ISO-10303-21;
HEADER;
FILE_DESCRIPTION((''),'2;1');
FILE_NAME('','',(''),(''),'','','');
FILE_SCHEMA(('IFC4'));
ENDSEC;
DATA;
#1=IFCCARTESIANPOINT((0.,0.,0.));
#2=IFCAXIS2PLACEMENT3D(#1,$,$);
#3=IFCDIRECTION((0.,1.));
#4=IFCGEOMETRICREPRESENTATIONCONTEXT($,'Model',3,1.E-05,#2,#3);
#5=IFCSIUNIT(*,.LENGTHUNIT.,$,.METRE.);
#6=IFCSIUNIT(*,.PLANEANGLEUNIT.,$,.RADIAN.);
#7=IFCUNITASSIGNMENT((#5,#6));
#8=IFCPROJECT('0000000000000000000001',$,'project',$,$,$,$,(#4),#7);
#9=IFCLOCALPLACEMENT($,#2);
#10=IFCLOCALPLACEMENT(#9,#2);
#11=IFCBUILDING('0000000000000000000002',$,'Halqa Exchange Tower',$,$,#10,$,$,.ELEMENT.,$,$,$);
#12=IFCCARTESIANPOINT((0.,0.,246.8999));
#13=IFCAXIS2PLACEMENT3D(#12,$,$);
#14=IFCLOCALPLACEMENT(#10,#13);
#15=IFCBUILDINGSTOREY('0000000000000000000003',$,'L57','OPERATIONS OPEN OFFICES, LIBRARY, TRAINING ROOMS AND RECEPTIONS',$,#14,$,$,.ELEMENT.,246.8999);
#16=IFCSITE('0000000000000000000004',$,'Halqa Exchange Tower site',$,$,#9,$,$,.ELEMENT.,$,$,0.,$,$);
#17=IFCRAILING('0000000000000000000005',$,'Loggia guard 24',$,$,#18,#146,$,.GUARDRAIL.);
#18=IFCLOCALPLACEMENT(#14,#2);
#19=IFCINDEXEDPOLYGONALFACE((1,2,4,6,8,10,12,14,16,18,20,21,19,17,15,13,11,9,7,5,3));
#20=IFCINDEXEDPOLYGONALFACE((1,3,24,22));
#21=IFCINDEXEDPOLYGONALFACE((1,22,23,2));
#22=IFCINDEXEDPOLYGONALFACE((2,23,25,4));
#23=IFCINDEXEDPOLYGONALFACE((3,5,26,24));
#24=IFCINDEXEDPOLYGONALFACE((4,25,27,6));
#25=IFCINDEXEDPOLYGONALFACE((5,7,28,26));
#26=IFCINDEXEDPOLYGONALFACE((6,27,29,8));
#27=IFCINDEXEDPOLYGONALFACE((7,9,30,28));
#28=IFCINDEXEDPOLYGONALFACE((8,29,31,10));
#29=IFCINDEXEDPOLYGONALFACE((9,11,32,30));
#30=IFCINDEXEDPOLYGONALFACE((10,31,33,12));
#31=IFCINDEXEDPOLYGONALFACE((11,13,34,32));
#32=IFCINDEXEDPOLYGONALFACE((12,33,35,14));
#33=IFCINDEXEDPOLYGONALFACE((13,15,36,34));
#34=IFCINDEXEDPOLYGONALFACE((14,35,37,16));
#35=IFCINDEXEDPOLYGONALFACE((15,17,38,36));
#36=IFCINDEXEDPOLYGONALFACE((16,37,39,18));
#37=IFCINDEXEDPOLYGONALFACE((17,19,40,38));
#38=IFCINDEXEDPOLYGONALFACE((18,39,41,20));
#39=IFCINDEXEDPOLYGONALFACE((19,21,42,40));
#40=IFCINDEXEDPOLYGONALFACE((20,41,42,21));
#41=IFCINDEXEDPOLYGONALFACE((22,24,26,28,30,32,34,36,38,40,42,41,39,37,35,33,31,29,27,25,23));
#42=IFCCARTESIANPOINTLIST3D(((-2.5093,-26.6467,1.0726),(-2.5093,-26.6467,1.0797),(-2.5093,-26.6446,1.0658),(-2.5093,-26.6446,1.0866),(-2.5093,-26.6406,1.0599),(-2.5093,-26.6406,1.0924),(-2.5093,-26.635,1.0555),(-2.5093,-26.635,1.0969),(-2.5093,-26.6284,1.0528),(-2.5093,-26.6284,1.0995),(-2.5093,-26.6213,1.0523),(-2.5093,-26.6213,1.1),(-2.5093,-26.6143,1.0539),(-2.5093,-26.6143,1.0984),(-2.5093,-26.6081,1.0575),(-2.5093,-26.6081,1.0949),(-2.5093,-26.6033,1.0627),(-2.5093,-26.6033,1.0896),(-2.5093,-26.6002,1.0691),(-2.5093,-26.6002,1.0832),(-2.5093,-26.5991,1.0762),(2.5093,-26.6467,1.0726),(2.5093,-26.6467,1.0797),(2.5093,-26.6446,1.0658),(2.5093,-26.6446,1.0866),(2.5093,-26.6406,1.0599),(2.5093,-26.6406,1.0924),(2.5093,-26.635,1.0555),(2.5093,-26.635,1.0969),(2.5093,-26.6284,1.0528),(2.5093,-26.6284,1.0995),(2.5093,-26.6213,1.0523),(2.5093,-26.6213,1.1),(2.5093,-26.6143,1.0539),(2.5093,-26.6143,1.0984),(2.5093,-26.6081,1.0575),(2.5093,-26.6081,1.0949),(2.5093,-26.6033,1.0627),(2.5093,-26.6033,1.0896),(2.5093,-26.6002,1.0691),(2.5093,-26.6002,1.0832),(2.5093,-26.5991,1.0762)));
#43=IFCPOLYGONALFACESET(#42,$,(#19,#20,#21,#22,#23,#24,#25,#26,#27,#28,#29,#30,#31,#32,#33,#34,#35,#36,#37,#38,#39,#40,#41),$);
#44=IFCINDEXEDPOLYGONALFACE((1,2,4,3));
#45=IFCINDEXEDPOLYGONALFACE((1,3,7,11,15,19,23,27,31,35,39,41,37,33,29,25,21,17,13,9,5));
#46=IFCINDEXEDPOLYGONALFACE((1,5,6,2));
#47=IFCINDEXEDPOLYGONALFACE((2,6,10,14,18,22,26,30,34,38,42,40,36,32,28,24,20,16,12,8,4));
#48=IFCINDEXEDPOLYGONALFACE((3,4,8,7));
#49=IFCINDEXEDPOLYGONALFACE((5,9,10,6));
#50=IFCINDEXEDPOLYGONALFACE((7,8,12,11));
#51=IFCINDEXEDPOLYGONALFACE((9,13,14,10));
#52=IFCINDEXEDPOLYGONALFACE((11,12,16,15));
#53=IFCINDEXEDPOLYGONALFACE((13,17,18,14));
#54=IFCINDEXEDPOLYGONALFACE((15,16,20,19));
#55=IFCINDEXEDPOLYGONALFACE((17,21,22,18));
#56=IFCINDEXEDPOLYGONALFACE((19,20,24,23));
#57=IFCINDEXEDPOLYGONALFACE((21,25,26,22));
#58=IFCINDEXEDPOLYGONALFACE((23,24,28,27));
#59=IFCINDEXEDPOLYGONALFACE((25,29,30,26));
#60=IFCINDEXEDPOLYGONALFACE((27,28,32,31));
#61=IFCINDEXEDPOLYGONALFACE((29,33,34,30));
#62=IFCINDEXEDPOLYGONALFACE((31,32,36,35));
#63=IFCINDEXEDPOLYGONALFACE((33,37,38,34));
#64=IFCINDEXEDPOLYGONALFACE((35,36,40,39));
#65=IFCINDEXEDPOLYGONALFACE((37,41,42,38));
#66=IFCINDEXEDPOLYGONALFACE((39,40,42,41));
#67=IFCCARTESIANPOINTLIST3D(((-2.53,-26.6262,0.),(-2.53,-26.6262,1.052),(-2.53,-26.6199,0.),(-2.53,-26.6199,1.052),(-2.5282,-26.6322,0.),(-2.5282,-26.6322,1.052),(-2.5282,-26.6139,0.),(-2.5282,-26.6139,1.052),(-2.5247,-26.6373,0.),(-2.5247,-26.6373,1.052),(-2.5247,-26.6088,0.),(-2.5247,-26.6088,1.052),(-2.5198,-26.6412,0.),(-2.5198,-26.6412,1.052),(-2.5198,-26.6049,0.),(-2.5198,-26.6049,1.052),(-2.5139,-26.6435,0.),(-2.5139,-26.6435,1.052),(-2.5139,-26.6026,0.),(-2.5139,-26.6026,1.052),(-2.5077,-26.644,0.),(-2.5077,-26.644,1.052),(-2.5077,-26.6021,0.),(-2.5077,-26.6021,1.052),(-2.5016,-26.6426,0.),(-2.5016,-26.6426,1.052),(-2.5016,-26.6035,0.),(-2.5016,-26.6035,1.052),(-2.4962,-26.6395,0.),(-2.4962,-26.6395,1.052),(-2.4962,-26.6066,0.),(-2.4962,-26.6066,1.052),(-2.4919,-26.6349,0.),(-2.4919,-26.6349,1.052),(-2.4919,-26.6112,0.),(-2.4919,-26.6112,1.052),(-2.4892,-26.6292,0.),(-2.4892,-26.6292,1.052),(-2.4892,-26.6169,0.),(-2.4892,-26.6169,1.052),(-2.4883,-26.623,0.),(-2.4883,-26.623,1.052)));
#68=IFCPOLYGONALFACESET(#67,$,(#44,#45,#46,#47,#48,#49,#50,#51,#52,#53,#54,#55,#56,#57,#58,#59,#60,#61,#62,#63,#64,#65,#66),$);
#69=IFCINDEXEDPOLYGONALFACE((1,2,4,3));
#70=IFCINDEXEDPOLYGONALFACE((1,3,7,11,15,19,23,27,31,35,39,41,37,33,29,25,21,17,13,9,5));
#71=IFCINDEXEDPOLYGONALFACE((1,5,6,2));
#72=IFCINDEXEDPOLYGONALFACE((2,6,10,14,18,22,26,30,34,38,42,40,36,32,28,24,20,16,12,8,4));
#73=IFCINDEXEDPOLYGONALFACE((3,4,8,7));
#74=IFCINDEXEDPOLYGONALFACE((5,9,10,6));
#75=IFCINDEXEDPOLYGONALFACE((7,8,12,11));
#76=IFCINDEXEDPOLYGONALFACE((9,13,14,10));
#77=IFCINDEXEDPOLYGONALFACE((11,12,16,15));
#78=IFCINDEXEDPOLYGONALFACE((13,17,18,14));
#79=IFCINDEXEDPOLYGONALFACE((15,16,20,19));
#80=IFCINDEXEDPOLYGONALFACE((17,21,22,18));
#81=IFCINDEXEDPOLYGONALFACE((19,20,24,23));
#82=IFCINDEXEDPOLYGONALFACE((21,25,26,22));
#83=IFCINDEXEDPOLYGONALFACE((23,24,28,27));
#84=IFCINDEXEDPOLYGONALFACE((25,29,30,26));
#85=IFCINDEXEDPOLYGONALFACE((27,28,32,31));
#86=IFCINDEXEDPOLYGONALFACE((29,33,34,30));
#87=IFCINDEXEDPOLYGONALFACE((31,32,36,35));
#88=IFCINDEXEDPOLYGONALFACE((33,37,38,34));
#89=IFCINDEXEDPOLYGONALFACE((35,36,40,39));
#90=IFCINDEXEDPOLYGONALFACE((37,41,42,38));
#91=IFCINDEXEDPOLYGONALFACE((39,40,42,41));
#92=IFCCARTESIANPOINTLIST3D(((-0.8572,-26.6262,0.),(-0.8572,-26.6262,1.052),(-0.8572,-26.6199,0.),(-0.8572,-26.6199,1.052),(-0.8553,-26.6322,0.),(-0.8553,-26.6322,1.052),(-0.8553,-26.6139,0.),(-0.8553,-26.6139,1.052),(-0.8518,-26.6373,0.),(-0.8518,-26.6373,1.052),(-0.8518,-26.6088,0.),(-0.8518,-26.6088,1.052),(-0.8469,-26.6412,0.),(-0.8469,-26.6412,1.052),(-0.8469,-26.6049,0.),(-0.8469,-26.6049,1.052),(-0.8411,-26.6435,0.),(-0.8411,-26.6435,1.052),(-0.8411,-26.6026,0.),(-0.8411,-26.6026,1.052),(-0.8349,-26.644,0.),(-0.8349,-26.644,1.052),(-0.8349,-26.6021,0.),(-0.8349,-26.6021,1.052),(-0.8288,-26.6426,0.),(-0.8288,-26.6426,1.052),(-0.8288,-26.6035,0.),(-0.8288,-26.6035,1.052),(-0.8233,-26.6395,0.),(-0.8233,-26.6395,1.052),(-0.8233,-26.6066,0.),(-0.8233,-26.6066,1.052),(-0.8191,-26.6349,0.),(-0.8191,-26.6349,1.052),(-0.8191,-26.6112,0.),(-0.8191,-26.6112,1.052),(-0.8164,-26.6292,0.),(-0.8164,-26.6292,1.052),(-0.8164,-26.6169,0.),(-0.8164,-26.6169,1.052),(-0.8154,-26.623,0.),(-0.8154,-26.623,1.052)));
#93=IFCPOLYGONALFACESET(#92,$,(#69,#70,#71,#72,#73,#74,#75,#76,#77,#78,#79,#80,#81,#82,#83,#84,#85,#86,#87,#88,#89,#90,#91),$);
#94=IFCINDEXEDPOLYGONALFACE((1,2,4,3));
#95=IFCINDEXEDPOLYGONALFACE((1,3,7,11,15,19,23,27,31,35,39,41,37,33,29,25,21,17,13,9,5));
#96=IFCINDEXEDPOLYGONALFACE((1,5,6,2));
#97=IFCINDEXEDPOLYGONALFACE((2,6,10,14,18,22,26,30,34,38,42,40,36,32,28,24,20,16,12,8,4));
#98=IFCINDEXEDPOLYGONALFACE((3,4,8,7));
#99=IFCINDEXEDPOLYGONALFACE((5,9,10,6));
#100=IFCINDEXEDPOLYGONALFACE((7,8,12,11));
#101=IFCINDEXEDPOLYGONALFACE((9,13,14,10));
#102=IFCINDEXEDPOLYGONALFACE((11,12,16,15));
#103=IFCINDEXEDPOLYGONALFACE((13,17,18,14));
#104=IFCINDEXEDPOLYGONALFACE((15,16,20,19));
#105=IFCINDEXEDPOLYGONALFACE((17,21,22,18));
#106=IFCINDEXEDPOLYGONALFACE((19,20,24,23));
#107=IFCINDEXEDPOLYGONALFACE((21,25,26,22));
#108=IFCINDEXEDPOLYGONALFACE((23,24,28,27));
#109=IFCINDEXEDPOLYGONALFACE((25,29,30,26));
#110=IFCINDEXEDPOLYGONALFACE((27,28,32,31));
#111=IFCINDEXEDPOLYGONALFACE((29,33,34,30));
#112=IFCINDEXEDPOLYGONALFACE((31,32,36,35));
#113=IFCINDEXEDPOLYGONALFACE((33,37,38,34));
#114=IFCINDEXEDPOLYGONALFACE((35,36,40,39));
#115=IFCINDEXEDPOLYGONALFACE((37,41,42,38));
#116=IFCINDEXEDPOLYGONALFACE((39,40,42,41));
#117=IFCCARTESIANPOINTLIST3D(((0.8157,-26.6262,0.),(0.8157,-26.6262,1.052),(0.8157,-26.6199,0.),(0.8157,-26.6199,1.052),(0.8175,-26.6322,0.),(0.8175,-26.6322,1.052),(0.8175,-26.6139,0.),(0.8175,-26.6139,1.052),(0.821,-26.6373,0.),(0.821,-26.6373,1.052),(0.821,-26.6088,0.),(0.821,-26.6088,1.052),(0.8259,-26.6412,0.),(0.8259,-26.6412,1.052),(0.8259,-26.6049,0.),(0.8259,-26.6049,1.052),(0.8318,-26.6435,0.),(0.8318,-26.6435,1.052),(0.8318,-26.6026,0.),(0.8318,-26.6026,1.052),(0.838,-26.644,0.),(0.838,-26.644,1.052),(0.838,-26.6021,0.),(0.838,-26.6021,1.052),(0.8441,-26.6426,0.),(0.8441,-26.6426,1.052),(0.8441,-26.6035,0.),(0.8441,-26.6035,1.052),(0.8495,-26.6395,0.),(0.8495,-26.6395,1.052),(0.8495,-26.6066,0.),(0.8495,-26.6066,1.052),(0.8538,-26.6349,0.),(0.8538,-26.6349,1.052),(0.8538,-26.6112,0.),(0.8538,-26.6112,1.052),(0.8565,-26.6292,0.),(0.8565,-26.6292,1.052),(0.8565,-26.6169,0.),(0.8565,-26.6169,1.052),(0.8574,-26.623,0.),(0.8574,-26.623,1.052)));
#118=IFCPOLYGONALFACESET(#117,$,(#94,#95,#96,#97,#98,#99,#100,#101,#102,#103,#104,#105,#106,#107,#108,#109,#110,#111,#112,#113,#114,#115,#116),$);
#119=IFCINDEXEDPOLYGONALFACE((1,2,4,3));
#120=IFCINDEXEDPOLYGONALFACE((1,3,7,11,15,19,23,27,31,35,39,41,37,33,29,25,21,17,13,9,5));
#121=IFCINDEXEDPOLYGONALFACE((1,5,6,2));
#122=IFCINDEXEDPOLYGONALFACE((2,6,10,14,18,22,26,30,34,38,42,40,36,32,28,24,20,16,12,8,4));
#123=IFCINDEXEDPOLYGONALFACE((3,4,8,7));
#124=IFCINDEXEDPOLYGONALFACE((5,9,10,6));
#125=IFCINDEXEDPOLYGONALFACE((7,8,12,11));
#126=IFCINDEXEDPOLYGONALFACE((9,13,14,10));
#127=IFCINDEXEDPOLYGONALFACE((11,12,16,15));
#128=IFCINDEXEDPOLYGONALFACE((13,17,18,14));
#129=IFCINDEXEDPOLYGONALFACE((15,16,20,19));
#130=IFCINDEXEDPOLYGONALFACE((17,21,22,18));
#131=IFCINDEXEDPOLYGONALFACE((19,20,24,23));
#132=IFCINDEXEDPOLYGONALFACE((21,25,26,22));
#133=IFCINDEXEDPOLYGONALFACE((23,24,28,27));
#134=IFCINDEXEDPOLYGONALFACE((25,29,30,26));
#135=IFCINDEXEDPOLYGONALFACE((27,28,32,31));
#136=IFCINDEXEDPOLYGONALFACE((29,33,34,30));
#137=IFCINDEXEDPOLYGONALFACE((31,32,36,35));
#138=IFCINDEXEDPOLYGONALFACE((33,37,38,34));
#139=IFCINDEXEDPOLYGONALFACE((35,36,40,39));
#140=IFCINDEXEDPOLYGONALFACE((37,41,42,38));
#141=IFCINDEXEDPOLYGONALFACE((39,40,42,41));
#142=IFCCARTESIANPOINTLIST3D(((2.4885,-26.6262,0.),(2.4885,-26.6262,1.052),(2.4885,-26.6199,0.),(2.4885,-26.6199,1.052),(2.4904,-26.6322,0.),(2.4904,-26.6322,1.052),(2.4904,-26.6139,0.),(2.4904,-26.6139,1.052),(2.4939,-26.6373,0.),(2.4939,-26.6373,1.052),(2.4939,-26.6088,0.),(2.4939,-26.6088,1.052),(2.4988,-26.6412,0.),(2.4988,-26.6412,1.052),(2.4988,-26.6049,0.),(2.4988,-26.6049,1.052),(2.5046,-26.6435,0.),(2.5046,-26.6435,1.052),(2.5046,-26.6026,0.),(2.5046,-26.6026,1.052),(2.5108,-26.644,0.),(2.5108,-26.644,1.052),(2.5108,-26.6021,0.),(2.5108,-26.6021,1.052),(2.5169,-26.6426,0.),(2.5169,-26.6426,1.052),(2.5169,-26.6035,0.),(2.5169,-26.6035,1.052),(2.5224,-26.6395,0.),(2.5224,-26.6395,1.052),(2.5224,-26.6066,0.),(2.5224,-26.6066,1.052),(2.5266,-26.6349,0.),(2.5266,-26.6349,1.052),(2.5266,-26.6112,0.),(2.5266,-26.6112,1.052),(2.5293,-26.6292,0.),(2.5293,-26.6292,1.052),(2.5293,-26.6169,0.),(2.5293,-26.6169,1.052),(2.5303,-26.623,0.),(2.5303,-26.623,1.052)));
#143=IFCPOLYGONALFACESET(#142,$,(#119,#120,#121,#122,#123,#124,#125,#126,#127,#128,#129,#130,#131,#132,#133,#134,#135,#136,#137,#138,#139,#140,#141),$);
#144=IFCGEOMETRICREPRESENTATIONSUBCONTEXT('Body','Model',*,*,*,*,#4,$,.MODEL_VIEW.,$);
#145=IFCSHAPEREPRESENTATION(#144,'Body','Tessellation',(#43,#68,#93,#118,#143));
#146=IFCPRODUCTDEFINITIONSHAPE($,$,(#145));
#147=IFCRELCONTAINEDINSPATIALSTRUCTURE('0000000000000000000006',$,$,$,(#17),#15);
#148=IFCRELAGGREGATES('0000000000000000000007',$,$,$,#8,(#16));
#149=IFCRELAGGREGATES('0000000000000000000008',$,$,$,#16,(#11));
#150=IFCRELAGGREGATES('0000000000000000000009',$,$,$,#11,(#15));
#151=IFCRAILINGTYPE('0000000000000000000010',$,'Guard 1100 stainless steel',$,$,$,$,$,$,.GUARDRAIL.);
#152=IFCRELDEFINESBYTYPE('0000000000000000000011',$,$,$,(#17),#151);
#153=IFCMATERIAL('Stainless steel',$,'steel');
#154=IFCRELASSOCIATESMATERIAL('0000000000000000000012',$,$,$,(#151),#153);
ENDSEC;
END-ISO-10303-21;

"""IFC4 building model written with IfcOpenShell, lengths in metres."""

from ifc_helpers import new_model, si_unit, direction, frame, origin, origin_2d, place, context, subcontext, project, spatial, circle, extrude, material, type_object, element, save


model = new_model("IFC4")

# Units and contexts
model_context = context("Model", 3, precision=1e-05, world=origin(), true_north=direction((0.0, 1.0)))
body_context = subcontext(model_context, "Body", "Model", "MODEL_VIEW")
ifc_project = project(units=[si_unit("LENGTHUNIT", "METRE"), si_unit("PLANEANGLEUNIT", "RADIAN")], contexts=[model_context])

# Site, building, storey
site_placement = place(None, origin())
site = spatial("IfcSite", under=ifc_project, at=site_placement, Name="Halqa Exchange Tower site", CompositionType="ELEMENT", RefElevation=0.0)
building_placement = place(site_placement, origin())
building = spatial("IfcBuilding", under=site, at=building_placement, Name="Halqa Exchange Tower", CompositionType="ELEMENT")
storey_placement = place(building_placement, frame((0.0, 0.0, 246.8999)))
storey = spatial("IfcBuildingStorey", under=building, at=storey_placement, Name="L57", Description="OPERATIONS OPEN OFFICES, LIBRARY, TRAINING ROOMS AND RECEPTIONS", CompositionType="ELEMENT", Elevation=246.8999)

# Railing
ifc_material_1 = material(Name="Stainless steel", Category="steel")
railing_type = type_object("IfcRailingType", Name="Guard 1100 stainless steel", PredefinedType="GUARDRAIL", material=ifc_material_1)
railing_1_placement = place(storey_placement, frame((-2.5093, -26.623, 0.0)))
element("IfcRailing", 1, at=railing_1_placement, inside=storey, type_object=railing_type, Name="Loggia guard 24", PredefinedType="GUARDRAIL", context=body_context, shape_type="SweptSolid", body=[
    extrude(circle(Radius=0.0239, at=origin_2d()), frame((0.0, 0.0, 1.0762), z_axis=(1.0, 0.0, 0.0), x_axis=(0.0, 1.0, 0.0)), (0.0, 0.0, 1.0), 5.0186),
    extrude(circle(Radius=0.021, at=origin_2d()), origin(), (0.0, 0.0, 1.0), 1.052),
    extrude(circle(Radius=0.021, at=origin_2d()), frame((1.6729, 0.0, 0.0)), (0.0, 0.0, 1.0), 1.052),
    extrude(circle(Radius=0.021, at=origin_2d()), frame((3.3457, 0.0, 0.0)), (0.0, 0.0, 1.0), 1.052),
    extrude(circle(Radius=0.021, at=origin_2d()), frame((5.0186, 0.0, 0.0)), (0.0, 0.0, 1.0), 1.052),
])

save(model, "model.ifc")
